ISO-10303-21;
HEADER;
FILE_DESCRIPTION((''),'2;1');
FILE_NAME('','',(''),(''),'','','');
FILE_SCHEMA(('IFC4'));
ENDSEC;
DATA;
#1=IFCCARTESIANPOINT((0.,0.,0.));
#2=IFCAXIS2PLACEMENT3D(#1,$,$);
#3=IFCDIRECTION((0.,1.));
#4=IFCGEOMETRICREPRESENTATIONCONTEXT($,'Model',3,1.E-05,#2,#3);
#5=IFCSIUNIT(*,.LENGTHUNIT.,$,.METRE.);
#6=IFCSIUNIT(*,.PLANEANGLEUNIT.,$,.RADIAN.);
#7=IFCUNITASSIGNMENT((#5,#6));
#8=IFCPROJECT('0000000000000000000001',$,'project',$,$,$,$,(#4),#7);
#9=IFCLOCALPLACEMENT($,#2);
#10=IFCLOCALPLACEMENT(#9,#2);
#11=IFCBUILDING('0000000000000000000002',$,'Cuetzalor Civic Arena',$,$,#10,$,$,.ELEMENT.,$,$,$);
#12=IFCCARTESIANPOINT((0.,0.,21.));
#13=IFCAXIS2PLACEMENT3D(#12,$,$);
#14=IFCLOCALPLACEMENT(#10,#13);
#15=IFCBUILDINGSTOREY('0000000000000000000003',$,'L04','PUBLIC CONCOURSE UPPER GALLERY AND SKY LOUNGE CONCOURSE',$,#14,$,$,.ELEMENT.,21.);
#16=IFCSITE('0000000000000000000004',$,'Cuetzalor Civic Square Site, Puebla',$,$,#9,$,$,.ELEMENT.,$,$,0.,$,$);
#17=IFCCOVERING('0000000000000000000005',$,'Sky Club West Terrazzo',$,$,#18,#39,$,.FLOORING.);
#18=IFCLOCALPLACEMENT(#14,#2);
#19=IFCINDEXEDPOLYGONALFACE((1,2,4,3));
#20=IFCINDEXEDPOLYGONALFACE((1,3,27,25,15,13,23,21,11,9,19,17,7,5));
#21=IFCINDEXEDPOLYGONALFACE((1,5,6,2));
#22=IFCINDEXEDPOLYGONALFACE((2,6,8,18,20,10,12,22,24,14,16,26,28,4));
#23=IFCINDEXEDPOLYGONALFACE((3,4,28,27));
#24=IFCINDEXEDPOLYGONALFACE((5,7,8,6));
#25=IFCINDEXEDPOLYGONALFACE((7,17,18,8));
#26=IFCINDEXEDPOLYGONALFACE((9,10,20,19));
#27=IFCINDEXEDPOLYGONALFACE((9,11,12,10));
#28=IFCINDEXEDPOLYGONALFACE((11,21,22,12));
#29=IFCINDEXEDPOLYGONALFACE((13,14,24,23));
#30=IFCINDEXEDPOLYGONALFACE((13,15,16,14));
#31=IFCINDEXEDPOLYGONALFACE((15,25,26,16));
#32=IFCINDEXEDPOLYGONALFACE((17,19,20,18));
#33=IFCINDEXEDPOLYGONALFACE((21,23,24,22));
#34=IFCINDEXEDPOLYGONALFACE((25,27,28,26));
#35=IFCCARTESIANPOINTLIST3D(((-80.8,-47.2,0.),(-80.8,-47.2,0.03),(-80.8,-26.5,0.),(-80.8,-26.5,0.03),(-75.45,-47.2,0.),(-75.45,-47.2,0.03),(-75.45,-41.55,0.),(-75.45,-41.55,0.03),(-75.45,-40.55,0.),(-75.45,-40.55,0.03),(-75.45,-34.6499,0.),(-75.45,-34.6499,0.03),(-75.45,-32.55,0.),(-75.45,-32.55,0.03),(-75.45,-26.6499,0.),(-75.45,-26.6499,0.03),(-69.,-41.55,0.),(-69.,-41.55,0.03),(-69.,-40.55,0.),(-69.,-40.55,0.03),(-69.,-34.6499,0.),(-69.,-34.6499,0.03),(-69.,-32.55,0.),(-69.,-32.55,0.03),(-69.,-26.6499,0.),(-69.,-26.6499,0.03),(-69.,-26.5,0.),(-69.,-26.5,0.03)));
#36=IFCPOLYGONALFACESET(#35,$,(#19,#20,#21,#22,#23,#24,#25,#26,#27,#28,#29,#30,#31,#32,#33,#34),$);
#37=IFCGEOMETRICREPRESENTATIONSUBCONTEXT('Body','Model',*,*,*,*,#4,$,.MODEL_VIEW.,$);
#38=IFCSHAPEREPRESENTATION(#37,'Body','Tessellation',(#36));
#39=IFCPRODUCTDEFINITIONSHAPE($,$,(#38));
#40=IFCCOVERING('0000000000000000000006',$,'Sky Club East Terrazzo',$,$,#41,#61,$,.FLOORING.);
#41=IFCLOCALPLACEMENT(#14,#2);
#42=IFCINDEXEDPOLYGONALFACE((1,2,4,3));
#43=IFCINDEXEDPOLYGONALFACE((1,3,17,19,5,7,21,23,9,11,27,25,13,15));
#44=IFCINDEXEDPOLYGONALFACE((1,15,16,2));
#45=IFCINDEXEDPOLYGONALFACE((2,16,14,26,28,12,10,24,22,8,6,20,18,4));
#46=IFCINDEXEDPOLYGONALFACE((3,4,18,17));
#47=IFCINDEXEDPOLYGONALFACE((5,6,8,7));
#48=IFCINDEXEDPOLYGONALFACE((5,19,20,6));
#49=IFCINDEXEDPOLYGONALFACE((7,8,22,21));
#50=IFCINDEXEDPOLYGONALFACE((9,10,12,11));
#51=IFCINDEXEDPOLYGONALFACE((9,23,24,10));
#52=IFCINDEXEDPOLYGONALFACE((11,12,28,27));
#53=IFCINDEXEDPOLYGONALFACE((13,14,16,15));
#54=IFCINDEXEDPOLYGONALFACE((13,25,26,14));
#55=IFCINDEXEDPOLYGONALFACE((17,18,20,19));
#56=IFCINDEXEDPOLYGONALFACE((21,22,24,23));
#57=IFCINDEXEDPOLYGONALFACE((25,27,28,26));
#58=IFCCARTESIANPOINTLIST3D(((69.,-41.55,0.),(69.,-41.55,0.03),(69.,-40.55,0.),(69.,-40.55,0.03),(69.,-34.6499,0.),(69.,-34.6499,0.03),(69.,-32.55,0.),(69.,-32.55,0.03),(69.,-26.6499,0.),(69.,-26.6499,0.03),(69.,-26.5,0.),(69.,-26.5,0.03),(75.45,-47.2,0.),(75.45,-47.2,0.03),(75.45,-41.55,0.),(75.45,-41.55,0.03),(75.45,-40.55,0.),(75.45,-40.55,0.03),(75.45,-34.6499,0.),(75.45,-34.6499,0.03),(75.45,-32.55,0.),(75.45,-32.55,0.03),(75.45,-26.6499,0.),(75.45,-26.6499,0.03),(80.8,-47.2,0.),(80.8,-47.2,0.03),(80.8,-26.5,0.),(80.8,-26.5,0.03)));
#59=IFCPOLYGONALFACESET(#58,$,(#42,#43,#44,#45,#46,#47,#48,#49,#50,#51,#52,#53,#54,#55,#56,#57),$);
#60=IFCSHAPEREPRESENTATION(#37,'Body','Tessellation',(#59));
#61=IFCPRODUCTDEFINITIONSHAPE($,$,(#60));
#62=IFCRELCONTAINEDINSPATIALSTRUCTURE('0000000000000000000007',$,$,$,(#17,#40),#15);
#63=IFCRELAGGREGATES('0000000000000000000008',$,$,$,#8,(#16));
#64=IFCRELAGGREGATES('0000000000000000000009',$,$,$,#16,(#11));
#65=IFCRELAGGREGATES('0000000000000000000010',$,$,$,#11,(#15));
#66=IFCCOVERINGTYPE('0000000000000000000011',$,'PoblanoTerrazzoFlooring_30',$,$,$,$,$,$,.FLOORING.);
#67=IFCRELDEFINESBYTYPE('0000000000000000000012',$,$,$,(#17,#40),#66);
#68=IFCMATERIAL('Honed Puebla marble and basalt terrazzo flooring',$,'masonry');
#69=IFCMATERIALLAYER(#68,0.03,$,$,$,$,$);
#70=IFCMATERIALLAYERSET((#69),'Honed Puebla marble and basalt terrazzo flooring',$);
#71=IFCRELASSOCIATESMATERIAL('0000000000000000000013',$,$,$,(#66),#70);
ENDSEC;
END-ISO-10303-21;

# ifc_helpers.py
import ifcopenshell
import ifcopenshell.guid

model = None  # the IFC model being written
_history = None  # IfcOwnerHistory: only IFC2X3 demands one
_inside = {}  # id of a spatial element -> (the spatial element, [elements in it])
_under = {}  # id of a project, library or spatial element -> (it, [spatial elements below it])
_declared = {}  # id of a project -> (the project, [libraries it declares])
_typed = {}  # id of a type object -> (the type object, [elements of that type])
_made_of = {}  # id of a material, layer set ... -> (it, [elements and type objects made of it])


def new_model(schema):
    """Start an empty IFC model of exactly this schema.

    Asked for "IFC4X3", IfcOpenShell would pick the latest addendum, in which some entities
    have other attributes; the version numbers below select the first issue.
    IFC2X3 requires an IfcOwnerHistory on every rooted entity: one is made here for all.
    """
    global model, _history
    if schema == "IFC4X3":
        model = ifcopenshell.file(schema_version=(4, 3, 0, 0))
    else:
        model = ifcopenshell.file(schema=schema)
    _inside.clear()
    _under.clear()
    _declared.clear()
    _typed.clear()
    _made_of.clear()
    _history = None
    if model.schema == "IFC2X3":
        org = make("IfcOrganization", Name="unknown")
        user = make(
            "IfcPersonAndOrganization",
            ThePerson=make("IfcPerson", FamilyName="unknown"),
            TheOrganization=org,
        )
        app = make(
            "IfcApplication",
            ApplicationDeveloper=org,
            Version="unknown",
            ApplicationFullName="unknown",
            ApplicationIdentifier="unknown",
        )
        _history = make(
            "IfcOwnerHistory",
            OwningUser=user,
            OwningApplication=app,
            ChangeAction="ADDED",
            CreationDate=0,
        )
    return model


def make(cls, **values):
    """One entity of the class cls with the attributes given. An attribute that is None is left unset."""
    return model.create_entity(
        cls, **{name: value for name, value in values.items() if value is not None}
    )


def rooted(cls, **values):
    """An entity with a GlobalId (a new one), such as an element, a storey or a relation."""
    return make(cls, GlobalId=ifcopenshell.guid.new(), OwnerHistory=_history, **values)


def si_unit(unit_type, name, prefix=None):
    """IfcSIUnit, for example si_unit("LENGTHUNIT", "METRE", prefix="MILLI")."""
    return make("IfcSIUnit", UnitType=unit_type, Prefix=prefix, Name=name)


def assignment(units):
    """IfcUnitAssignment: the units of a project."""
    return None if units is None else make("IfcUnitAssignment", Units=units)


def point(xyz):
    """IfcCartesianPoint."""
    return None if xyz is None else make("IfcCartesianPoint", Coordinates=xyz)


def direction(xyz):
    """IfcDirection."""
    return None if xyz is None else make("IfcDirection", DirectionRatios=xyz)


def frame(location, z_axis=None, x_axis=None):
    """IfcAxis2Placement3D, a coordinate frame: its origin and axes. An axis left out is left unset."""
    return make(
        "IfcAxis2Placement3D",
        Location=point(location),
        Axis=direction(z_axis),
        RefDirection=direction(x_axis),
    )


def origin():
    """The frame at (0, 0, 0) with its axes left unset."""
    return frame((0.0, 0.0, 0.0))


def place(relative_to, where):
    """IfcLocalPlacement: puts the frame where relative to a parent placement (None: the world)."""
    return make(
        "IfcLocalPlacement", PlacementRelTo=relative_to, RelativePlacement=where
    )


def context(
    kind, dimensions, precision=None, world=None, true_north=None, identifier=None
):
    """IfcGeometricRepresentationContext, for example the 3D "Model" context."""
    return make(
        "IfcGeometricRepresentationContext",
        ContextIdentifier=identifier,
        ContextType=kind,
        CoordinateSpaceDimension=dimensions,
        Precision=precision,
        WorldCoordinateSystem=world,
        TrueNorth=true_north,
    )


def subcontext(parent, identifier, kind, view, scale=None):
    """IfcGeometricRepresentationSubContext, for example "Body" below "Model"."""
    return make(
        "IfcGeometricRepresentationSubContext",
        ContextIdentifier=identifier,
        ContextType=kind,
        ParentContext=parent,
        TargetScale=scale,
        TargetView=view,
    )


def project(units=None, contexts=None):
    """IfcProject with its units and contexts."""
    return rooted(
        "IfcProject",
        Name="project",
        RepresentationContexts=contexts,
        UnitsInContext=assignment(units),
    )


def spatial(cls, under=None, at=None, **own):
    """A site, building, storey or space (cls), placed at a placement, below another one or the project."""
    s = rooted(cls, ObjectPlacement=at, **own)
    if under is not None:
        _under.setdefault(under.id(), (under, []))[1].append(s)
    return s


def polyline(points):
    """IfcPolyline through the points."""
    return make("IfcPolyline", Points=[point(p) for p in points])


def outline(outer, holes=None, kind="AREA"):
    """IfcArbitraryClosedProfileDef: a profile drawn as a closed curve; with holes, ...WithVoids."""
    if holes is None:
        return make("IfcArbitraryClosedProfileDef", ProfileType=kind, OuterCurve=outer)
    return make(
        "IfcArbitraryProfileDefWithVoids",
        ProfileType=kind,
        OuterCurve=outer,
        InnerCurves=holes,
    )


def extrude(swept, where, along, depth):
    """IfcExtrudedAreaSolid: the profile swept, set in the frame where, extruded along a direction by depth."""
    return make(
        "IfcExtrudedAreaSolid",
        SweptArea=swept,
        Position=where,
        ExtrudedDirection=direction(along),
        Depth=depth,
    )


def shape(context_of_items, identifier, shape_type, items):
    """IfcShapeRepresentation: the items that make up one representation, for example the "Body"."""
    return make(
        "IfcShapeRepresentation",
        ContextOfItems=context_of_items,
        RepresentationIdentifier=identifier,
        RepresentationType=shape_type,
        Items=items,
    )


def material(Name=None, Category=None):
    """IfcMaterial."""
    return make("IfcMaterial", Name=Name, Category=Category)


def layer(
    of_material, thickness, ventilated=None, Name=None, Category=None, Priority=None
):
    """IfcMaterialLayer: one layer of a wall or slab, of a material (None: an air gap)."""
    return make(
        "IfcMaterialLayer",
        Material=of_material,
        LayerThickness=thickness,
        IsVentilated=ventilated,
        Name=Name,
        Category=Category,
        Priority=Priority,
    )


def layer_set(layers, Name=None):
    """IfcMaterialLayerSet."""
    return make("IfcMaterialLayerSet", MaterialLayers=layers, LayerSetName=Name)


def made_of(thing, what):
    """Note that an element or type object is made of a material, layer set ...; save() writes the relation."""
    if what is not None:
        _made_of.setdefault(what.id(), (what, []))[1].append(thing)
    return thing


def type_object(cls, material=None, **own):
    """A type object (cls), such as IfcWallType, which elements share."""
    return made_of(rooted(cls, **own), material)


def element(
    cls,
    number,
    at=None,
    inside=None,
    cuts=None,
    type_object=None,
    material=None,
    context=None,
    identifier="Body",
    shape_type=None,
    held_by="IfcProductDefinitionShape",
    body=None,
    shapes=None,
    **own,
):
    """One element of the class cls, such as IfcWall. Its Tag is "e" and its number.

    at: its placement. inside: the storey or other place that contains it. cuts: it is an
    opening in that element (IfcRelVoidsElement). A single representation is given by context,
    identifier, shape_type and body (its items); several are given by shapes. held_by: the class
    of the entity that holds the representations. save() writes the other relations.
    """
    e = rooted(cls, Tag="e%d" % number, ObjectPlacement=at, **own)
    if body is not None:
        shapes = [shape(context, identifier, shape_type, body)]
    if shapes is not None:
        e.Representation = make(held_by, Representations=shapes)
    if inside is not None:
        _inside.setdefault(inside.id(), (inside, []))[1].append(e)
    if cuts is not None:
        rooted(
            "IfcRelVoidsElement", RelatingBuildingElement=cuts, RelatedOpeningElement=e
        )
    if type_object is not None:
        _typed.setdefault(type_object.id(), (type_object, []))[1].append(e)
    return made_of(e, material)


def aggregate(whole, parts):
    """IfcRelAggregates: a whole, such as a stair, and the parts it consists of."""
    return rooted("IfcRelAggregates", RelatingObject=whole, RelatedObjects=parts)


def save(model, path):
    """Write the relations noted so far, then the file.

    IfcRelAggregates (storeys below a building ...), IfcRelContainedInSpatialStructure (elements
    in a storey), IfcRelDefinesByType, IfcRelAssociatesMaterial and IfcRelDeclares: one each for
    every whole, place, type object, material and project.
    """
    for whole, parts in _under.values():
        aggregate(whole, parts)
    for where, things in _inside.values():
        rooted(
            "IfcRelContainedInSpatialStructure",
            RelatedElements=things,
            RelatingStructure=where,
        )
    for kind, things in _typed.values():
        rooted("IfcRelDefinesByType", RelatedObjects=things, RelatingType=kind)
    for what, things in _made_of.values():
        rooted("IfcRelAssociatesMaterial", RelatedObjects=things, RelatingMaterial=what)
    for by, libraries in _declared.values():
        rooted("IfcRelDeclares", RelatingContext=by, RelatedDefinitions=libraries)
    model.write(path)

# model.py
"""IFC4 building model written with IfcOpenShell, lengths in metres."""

from ifc_helpers import new_model, si_unit, direction, frame, origin, place, context, subcontext, project, spatial, polyline, outline, extrude, material, layer, layer_set, type_object, element, save


model = new_model("IFC4")

# Units and contexts
model_context = context("Model", 3, precision=1e-05, world=origin(), true_north=direction((0.0, 1.0)))
body_context = subcontext(model_context, "Body", "Model", "MODEL_VIEW")
ifc_project = project(units=[si_unit("LENGTHUNIT", "METRE"), si_unit("PLANEANGLEUNIT", "RADIAN")], contexts=[model_context])

# Site, building, storey
site_placement = place(None, origin())
site = spatial("IfcSite", under=ifc_project, at=site_placement, Name="Cuetzalor Civic Square Site, Puebla", CompositionType="ELEMENT", RefElevation=0.0)
building_placement = place(site_placement, origin())
building = spatial("IfcBuilding", under=site, at=building_placement, Name="Cuetzalor Civic Arena", CompositionType="ELEMENT")
storey_placement = place(building_placement, frame((0.0, 0.0, 21.0)))
storey = spatial("IfcBuildingStorey", under=building, at=storey_placement, Name="L04", Description="PUBLIC CONCOURSE UPPER GALLERY AND SKY LOUNGE CONCOURSE", CompositionType="ELEMENT", Elevation=21.0)

# Coverings
ifc_material_1 = material(Name="Honed Puebla marble and basalt terrazzo flooring", Category="masonry")
ifc_layer_1 = layer(ifc_material_1, 0.03)
ifc_layer_set_1 = layer_set([ifc_layer_1], Name="Honed Puebla marble and basalt terrazzo flooring")
covering_type_1 = type_object("IfcCoveringType", Name="PoblanoTerrazzoFlooring_30", PredefinedType="FLOORING", material=ifc_layer_set_1)
covering_1_placement = place(storey_placement, origin())
element("IfcCovering", 1, at=covering_1_placement, inside=storey, type_object=covering_type_1, Name="Sky Club West Terrazzo", PredefinedType="FLOORING", context=body_context, shape_type="SweptSolid", body=[
    extrude(outline(polyline([(-80.8, -47.2), (-80.8, -26.5), (-69.0, -26.5), (-69.0, -26.6499), (-75.45, -26.6499), (-75.45, -32.55), (-69.0, -32.55), (-69.0, -34.6499), (-75.45, -34.6499), (-75.45, -40.55), (-69.0, -40.55), (-69.0, -41.55), (-75.45, -41.55), (-75.45, -47.2), (-80.8, -47.2)])), origin(), (0.0, 0.0, 1.0), 0.03),
])
covering_2_placement = place(storey_placement, origin())
element("IfcCovering", 2, at=covering_2_placement, inside=storey, type_object=covering_type_1, Name="Sky Club East Terrazzo", PredefinedType="FLOORING", context=body_context, shape_type="SweptSolid", body=[
    extrude(outline(polyline([(69.0, -26.5), (80.8, -26.5), (80.8, -47.2), (75.45, -47.2), (75.45, -41.55), (69.0, -41.55), (69.0, -40.55), (75.45, -40.55), (75.45, -34.6499), (69.0, -34.6499), (69.0, -32.55), (75.45, -32.55), (75.45, -26.6499), (69.0, -26.6499), (69.0, -26.5)])), origin(), (0.0, 0.0, 1.0), 0.03),
])

save(model, "model.ifc")
